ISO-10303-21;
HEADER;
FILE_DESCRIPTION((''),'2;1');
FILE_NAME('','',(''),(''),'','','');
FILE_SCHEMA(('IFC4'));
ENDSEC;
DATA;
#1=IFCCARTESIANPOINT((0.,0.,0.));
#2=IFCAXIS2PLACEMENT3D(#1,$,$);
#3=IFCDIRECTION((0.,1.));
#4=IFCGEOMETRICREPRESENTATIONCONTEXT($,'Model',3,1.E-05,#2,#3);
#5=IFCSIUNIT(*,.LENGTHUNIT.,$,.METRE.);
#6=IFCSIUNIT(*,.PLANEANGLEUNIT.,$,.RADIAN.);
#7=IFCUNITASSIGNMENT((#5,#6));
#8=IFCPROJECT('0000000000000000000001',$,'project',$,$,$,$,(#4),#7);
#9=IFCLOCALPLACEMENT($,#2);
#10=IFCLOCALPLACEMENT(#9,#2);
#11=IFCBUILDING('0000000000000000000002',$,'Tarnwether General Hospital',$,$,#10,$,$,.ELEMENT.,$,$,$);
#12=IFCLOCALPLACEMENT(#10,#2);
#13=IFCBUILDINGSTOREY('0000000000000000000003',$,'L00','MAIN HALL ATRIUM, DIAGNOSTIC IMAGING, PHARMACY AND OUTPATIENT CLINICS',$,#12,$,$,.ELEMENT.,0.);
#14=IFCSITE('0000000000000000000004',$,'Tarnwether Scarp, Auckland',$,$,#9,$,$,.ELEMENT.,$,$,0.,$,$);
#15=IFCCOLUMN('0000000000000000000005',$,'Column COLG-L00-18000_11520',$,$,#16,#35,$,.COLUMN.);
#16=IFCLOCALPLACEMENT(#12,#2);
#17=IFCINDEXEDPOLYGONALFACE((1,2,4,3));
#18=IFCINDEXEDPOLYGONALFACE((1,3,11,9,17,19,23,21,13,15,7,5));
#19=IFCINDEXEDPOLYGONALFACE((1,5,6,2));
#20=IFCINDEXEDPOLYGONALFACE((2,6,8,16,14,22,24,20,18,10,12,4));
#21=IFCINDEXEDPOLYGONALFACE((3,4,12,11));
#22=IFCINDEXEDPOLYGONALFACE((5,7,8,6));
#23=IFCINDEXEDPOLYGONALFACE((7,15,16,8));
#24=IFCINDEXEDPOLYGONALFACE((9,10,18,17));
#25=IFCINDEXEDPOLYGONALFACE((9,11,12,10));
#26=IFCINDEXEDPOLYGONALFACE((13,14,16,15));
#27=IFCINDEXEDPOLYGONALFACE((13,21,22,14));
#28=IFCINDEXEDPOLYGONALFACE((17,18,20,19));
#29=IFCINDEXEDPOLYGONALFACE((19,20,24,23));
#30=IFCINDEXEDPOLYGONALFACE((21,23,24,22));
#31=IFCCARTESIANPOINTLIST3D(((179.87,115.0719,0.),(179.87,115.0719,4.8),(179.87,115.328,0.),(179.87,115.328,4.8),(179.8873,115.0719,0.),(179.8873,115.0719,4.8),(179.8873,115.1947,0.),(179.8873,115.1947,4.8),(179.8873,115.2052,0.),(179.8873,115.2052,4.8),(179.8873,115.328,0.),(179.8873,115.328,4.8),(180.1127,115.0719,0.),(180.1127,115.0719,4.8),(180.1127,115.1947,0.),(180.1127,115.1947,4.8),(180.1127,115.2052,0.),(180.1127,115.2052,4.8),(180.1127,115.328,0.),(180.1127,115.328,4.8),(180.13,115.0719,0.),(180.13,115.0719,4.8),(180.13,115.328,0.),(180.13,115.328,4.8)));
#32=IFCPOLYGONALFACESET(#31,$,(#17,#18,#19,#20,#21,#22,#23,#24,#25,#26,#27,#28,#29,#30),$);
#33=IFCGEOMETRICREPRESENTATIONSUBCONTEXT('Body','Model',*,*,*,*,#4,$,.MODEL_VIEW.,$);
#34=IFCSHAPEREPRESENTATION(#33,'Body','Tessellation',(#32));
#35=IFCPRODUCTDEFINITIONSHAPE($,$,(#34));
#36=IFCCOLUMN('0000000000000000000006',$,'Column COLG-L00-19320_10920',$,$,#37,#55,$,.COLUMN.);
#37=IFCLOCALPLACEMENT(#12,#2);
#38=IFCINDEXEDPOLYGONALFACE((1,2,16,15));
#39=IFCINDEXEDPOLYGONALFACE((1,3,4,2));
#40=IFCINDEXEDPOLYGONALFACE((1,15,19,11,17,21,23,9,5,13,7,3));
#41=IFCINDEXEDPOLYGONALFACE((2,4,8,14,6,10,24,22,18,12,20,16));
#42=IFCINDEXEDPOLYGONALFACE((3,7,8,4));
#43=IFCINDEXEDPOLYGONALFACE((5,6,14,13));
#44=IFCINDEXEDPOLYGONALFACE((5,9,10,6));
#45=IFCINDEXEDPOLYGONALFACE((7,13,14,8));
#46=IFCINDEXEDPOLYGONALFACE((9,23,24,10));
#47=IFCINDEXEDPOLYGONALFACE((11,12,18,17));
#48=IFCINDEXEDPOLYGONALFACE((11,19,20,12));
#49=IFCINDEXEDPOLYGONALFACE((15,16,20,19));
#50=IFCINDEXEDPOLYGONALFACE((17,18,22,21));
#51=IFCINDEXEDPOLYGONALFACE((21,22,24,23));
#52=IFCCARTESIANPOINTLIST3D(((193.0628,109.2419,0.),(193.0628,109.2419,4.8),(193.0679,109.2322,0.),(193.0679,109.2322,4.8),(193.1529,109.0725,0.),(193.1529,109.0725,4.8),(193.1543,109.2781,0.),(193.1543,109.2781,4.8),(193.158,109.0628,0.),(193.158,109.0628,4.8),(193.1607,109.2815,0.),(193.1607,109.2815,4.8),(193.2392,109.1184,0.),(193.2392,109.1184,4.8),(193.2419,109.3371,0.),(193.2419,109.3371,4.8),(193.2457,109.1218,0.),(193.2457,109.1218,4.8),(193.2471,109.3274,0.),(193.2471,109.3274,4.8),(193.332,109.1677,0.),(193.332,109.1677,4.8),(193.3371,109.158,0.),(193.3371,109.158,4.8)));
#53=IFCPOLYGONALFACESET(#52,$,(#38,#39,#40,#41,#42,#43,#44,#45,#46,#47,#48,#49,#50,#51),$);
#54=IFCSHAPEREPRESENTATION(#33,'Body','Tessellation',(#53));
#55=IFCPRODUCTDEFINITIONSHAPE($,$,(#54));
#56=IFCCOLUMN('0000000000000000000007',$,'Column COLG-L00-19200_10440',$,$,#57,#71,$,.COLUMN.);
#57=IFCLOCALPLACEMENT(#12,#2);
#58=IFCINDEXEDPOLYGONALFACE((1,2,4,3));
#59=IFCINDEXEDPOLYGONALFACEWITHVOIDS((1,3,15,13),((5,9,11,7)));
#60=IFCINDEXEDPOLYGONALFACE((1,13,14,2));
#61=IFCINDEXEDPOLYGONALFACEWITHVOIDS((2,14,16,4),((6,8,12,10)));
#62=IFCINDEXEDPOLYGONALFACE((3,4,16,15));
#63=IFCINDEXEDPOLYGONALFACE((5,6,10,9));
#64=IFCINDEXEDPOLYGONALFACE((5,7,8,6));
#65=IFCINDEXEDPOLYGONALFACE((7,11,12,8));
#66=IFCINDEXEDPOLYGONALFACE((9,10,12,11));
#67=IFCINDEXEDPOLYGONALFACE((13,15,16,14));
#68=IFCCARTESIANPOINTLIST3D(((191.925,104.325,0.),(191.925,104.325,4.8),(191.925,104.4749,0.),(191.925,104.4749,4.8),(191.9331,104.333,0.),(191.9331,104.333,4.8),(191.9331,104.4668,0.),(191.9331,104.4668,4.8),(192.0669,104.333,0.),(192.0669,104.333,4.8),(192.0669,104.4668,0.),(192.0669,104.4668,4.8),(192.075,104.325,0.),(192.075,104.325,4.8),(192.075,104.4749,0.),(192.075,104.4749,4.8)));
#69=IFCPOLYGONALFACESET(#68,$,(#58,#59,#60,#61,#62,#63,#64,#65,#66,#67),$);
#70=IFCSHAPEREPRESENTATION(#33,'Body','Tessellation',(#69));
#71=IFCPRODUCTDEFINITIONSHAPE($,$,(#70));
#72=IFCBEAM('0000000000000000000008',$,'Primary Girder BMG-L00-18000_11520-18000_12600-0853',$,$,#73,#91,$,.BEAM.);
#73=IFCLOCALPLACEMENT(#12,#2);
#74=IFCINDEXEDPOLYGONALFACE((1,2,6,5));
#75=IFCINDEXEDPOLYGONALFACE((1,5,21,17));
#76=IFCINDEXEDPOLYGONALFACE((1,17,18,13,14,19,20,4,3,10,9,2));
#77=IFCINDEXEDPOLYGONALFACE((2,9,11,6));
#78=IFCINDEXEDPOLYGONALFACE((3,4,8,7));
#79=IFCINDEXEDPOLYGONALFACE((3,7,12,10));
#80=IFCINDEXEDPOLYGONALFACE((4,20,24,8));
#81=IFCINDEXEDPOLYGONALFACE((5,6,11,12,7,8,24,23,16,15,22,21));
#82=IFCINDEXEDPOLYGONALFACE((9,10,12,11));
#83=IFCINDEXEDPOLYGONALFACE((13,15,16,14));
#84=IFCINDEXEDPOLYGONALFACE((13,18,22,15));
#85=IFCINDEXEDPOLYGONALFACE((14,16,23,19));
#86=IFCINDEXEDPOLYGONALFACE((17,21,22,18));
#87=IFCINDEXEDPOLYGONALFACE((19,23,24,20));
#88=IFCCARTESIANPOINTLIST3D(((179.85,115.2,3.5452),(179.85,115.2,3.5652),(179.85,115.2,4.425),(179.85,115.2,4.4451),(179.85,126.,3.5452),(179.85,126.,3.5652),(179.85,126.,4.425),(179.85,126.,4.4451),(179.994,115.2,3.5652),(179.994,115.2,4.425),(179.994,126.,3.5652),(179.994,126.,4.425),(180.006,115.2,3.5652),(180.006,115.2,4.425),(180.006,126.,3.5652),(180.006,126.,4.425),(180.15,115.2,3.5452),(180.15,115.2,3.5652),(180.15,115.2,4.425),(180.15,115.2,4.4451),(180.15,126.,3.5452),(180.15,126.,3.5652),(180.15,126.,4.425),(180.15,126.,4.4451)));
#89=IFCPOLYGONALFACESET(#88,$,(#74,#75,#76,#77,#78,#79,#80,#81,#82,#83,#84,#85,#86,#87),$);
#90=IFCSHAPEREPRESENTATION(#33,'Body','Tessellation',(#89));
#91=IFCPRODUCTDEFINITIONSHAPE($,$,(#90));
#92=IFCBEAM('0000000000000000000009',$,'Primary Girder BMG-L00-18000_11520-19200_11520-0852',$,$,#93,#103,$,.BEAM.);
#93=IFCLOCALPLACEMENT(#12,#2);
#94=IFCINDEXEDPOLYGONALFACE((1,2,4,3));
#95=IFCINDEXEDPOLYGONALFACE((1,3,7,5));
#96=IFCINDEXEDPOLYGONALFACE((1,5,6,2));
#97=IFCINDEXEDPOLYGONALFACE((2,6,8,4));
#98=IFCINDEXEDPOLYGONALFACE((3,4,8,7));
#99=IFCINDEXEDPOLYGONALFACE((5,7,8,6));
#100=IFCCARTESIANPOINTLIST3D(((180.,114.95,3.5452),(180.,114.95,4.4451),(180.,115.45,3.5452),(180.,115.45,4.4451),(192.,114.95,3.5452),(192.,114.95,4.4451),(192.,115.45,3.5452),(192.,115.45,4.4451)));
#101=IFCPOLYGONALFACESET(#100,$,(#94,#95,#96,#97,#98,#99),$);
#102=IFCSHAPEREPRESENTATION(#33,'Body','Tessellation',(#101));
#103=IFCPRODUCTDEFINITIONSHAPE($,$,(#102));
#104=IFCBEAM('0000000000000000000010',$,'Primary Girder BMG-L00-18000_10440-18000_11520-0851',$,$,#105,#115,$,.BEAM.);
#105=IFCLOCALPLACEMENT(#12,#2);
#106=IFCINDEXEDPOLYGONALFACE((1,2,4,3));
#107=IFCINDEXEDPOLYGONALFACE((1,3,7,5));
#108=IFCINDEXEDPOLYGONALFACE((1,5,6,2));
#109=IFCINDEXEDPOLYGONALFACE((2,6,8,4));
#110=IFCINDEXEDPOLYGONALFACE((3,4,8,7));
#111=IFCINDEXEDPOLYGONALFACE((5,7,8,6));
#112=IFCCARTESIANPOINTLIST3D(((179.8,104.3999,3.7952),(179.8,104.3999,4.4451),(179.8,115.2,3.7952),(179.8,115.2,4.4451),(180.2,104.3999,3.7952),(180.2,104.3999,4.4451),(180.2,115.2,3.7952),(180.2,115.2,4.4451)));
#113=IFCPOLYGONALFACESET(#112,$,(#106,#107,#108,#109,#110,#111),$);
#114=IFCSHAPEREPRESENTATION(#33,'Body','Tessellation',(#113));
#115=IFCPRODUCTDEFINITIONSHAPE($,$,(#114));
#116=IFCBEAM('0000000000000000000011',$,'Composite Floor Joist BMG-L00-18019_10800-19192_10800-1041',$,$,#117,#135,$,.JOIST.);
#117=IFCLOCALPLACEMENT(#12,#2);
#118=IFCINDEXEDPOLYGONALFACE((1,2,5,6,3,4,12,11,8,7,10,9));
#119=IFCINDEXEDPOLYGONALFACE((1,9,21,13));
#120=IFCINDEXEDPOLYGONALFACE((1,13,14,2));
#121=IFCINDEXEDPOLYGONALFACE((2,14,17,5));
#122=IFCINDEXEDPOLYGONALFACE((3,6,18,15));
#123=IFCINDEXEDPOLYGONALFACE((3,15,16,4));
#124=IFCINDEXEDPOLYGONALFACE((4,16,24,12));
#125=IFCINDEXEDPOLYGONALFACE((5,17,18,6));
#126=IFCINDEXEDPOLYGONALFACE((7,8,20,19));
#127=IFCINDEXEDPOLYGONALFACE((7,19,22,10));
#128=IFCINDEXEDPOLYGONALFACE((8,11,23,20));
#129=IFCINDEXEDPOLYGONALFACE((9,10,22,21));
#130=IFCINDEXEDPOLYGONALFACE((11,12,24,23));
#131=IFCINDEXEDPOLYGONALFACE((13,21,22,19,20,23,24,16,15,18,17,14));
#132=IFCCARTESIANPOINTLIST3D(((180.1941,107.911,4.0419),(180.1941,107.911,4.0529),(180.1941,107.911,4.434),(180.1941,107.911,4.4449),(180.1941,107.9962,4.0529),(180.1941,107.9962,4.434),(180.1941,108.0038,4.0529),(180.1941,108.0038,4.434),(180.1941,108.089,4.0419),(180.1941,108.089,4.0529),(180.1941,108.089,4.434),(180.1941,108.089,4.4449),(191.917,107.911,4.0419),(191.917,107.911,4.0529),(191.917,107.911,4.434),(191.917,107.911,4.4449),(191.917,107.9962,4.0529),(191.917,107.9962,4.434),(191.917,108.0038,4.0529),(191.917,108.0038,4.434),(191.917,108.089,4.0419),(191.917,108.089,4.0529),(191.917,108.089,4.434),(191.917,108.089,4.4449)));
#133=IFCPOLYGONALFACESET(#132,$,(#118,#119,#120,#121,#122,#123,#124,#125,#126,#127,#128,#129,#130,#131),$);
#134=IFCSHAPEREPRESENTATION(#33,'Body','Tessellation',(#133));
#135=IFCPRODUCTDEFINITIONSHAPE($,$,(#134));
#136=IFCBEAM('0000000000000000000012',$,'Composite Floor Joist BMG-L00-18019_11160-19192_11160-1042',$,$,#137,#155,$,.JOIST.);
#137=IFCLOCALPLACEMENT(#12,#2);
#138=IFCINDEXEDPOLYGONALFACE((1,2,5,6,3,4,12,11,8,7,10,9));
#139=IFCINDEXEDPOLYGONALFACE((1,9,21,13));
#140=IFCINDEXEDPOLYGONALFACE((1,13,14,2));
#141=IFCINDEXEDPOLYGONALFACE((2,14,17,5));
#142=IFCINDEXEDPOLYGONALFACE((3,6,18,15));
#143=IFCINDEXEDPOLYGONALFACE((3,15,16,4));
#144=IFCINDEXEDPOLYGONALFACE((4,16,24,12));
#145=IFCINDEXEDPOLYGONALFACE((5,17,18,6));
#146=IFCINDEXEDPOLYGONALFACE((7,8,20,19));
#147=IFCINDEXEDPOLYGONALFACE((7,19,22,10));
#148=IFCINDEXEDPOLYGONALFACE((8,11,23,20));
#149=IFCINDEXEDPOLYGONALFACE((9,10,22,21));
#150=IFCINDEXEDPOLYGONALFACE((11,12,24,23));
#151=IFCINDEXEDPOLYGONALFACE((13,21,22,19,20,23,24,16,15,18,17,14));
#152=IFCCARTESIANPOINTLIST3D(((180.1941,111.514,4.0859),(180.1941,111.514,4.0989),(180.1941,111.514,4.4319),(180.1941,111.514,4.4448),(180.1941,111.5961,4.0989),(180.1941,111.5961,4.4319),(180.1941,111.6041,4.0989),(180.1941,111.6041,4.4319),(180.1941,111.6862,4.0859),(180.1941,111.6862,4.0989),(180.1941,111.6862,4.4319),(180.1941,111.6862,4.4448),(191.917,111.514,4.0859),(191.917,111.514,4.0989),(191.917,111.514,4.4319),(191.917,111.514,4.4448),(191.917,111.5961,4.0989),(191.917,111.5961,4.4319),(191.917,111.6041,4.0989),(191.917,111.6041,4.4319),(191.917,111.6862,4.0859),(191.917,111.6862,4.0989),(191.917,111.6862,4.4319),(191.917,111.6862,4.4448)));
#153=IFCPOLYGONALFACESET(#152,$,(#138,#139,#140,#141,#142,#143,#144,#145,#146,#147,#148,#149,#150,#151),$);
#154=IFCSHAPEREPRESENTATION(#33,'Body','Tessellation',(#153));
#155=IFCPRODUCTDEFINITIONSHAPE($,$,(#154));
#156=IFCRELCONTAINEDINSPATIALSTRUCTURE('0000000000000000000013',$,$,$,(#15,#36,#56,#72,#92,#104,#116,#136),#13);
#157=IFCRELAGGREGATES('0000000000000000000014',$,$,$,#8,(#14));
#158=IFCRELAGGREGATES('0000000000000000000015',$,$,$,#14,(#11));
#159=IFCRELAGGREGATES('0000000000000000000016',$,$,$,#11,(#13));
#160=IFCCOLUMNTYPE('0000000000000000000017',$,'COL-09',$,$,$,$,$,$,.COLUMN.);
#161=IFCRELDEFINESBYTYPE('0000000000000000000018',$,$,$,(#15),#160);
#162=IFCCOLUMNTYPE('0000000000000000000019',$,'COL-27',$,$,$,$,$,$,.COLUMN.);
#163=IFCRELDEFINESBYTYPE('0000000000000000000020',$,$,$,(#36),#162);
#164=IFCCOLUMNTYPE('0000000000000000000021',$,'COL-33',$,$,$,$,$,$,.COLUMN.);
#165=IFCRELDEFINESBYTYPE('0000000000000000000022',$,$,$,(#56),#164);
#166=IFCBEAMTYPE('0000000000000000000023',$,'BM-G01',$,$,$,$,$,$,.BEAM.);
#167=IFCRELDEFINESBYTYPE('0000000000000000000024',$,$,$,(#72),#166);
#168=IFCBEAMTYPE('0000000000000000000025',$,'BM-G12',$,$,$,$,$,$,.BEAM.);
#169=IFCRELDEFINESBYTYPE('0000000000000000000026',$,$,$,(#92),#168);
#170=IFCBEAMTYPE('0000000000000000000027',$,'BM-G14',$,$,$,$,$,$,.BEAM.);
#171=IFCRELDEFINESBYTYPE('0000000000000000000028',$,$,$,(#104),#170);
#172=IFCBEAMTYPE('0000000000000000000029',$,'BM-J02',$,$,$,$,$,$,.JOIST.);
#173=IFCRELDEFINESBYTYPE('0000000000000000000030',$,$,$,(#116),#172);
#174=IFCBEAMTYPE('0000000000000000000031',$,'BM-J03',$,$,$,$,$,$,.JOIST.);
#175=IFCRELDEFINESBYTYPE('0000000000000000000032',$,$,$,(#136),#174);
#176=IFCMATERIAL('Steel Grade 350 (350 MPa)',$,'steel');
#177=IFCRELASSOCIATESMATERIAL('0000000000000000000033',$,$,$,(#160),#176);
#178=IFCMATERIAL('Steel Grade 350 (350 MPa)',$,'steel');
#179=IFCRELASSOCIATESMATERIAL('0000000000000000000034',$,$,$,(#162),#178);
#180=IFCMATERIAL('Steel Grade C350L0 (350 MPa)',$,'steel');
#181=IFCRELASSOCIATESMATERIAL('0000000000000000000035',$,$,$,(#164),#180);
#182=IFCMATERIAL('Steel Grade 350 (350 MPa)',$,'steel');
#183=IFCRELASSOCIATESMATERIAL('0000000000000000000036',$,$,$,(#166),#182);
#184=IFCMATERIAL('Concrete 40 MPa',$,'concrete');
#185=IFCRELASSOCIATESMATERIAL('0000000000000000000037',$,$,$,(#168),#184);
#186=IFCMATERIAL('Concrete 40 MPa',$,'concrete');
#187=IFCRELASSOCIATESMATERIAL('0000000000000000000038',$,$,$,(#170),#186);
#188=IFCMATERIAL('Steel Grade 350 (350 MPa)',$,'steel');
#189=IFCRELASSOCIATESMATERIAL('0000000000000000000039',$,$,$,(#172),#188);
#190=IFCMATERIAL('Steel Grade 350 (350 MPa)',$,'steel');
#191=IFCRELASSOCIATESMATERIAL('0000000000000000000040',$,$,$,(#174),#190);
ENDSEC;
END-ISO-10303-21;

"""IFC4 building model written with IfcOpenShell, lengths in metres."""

from ifc_helpers import new_model, si_unit, direction, frame, origin, origin_2d, place, context, subcontext, project, spatial, rectangle, hollow_rectangle, i_section, extrude, material, material_profile, profile_set, type_object, element, save


model = new_model("IFC4")

# Units and contexts
model_context = context("Model", 3, precision=1e-05, world=origin(), true_north=direction((0.0, 1.0)))
body_context = subcontext(model_context, "Body", "Model", "MODEL_VIEW")
ifc_project = project(units=[si_unit("LENGTHUNIT", "METRE"), si_unit("PLANEANGLEUNIT", "RADIAN")], contexts=[model_context])

# Site, building, storey
site_placement = place(None, origin())
site = spatial("IfcSite", under=ifc_project, at=site_placement, Name="Tarnwether Scarp, Auckland", CompositionType="ELEMENT", RefElevation=0.0)
building_placement = place(site_placement, origin())
building = spatial("IfcBuilding", under=site, at=building_placement, Name="Tarnwether General Hospital", CompositionType="ELEMENT")
storey_placement = place(building_placement, origin())
storey = spatial("IfcBuildingStorey", under=building, at=storey_placement, Name="L00", Description="MAIN HALL ATRIUM, DIAGNOSTIC IMAGING, PHARMACY AND OUTPATIENT CLINICS", CompositionType="ELEMENT", Elevation=0.0)

# Columns
ifc_material_1 = material(Name="Steel Grade 350 (350 MPa)", Category="steel")
ifc_material_profile_1 = material_profile(ifc_material_1, i_section(OverallWidth=0.2561, OverallDepth=0.26, WebThickness=0.0105, FlangeThickness=0.0173, at=origin_2d()), Name="250UC89.5")
ifc_profile_set_1 = profile_set([ifc_material_profile_1], Name="Steel Grade 350 (350 MPa)")
column_type_1 = type_object("IfcColumnType", Name="COL-09", PredefinedType="COLUMN", material=ifc_profile_set_1)
column_1_placement = place(storey_placement, frame((180.0, 115.2, 0.0), z_axis=(0.0, 0.0, 1.0), x_axis=(0.0, 1.0, 0.0)))
element("IfcColumn", 1, at=column_1_placement, inside=storey, type_object=column_type_1, Name="Column COLG-L00-18000_11520", PredefinedType="COLUMN", context=body_context, shape_type="SweptSolid", body=[
    extrude(i_section(OverallWidth=0.2561, OverallDepth=0.26, WebThickness=0.0105, FlangeThickness=0.0173, at=origin_2d()), origin(), (0.0, 0.0, 1.0), 4.8),
])
ifc_material_2 = material(Name="Steel Grade 350 (350 MPa)", Category="steel")
ifc_material_profile_2 = material_profile(ifc_material_2, i_section(OverallWidth=0.2029, OverallDepth=0.2029, WebThickness=0.0073, FlangeThickness=0.011, at=origin_2d()), Name="200UC46.2")
ifc_profile_set_2 = profile_set([ifc_material_profile_2], Name="Steel Grade 350 (350 MPa)")
column_type_2 = type_object("IfcColumnType", Name="COL-27", PredefinedType="COLUMN", material=ifc_profile_set_2)
column_2_placement = place(storey_placement, frame((193.2, 109.2, 0.0), z_axis=(0.0, 0.0, 1.0), x_axis=(0.882948, 0.469472, 0.0)))
element("IfcColumn", 2, at=column_2_placement, inside=storey, type_object=column_type_2, Name="Column COLG-L00-19320_10920", PredefinedType="COLUMN", context=body_context, shape_type="SweptSolid", body=[
    extrude(i_section(OverallWidth=0.2029, OverallDepth=0.2029, WebThickness=0.0073, FlangeThickness=0.011, at=origin_2d()), origin(), (0.0, 0.0, 1.0), 4.8),
])
ifc_material_3 = material(Name="Steel Grade C350L0 (350 MPa)", Category="steel")
ifc_material_profile_3 = material_profile(ifc_material_3, hollow_rectangle(XDim=0.1499, YDim=0.1499, WallThickness=0.0081, at=origin_2d()), Name="SHS150x150x8")
ifc_profile_set_3 = profile_set([ifc_material_profile_3], Name="Steel Grade C350L0 (350 MPa)")
column_type_3 = type_object("IfcColumnType", Name="COL-33", PredefinedType="COLUMN", material=ifc_profile_set_3)
column_3_placement = place(storey_placement, frame((192.0, 104.3999, 0.0), z_axis=(0.0, 0.0, 1.0), x_axis=(1.0, 0.0, 0.0)))
element("IfcColumn", 3, at=column_3_placement, inside=storey, type_object=column_type_3, Name="Column COLG-L00-19200_10440", PredefinedType="COLUMN", context=body_context, shape_type="SweptSolid", body=[
    extrude(hollow_rectangle(XDim=0.1499, YDim=0.1499, WallThickness=0.0081, at=origin_2d()), origin(), (0.0, 0.0, 1.0), 4.8),
])

# Beams
ifc_material_4 = material(Name="Steel Grade 350 (350 MPa)", Category="steel")
ifc_material_profile_4 = material_profile(ifc_material_4, i_section(OverallWidth=0.3, OverallDepth=0.8999, WebThickness=0.012, FlangeThickness=0.02, at=origin_2d()), Name="900WB175")
ifc_profile_set_4 = profile_set([ifc_material_profile_4], Name="Steel Grade 350 (350 MPa)")
beam_type_1 = type_object("IfcBeamType", Name="BM-G01", PredefinedType="BEAM", material=ifc_profile_set_4)
beam_1_placement = place(storey_placement, frame((180.0, 115.2, 3.9951), z_axis=(0.0, 1.0, 0.0), x_axis=(-1.0, 0.0, 0.0)))
element("IfcBeam", 4, at=beam_1_placement, inside=storey, type_object=beam_type_1, Name="Primary Girder BMG-L00-18000_11520-18000_12600-0853", PredefinedType="BEAM", context=body_context, shape_type="SweptSolid", body=[
    extrude(i_section(OverallWidth=0.3, OverallDepth=0.8999, WebThickness=0.012, FlangeThickness=0.02, at=origin_2d()), origin(), (0.0, 0.0, 1.0), 10.8),
])
ifc_material_5 = material(Name="Concrete 40 MPa", Category="concrete")
ifc_material_profile_5 = material_profile(ifc_material_5, rectangle(XDim=0.5, YDim=0.8999, at=origin_2d()), Name="RC-BM-500x900")
ifc_profile_set_5 = profile_set([ifc_material_profile_5], Name="Concrete 40 MPa")
beam_type_2 = type_object("IfcBeamType", Name="BM-G12", PredefinedType="BEAM", material=ifc_profile_set_5)
beam_2_placement = place(storey_placement, frame((180.0, 115.2, 3.9951), z_axis=(1.0, 0.0, 0.0), x_axis=(0.0, 1.0, 0.0)))
element("IfcBeam", 5, at=beam_2_placement, inside=storey, type_object=beam_type_2, Name="Primary Girder BMG-L00-18000_11520-19200_11520-0852", PredefinedType="BEAM", context=body_context, shape_type="SweptSolid", body=[
    extrude(rectangle(XDim=0.5, YDim=0.8999, at=origin_2d()), origin(), (0.0, 0.0, 1.0), 12.0),
])
ifc_material_6 = material(Name="Concrete 40 MPa", Category="concrete")
ifc_material_profile_6 = material_profile(ifc_material_6, rectangle(XDim=0.3999, YDim=0.6499, at=origin_2d()), Name="RC-BM-400x650")
ifc_profile_set_6 = profile_set([ifc_material_profile_6], Name="Concrete 40 MPa")
beam_type_3 = type_object("IfcBeamType", Name="BM-G14", PredefinedType="BEAM", material=ifc_profile_set_6)
beam_3_placement = place(storey_placement, frame((180.0, 104.3999, 4.1201), z_axis=(0.0, 1.0, 0.0), x_axis=(-1.0, 0.0, 0.0)))
element("IfcBeam", 6, at=beam_3_placement, inside=storey, type_object=beam_type_3, Name="Primary Girder BMG-L00-18000_10440-18000_11520-0851", PredefinedType="BEAM", context=body_context, shape_type="SweptSolid", body=[
    extrude(rectangle(XDim=0.3999, YDim=0.6499, at=origin_2d()), origin(), (0.0, 0.0, 1.0), 10.8),
])
ifc_material_7 = material(Name="Steel Grade 350 (350 MPa)", Category="steel")
ifc_material_profile_7 = material_profile(ifc_material_7, i_section(OverallWidth=0.178, OverallDepth=0.4031, WebThickness=0.0076, FlangeThickness=0.011, at=origin_2d()), Name="410UB53.7")
ifc_profile_set_7 = profile_set([ifc_material_profile_7], Name="Steel Grade 350 (350 MPa)")
beam_type_4 = type_object("IfcBeamType", Name="BM-J02", PredefinedType="JOIST", material=ifc_profile_set_7)
beam_4_placement = place(storey_placement, frame((180.1941, 108.0, 4.2434), z_axis=(1.0, 0.0, 0.0), x_axis=(0.0, 1.0, 0.0)))
element("IfcBeam", 7, at=beam_4_placement, inside=storey, type_object=beam_type_4, Name="Composite Floor Joist BMG-L00-18019_10800-19192_10800-1041", PredefinedType="JOIST", context=body_context, shape_type="SweptSolid", body=[
    extrude(i_section(OverallWidth=0.178, OverallDepth=0.4031, WebThickness=0.0076, FlangeThickness=0.011, at=origin_2d()), origin(), (0.0, 0.0, 1.0), 11.7229),
])
ifc_material_8 = material(Name="Steel Grade 350 (350 MPa)", Category="steel")
ifc_material_profile_8 = material_profile(ifc_material_8, i_section(OverallWidth=0.1721, OverallDepth=0.3589, WebThickness=0.0081, FlangeThickness=0.0129, at=origin_2d()), Name="360UB56.7")
ifc_profile_set_8 = profile_set([ifc_material_profile_8], Name="Steel Grade 350 (350 MPa)")
beam_type_5 = type_object("IfcBeamType", Name="BM-J03", PredefinedType="JOIST", material=ifc_profile_set_8)
beam_5_placement = place(storey_placement, frame((180.1941, 111.6001, 4.2654), z_axis=(1.0, 0.0, 0.0), x_axis=(0.0, 1.0, 0.0)))
element("IfcBeam", 8, at=beam_5_placement, inside=storey, type_object=beam_type_5, Name="Composite Floor Joist BMG-L00-18019_11160-19192_11160-1042", PredefinedType="JOIST", context=body_context, shape_type="SweptSolid", body=[
    extrude(i_section(OverallWidth=0.1721, OverallDepth=0.3589, WebThickness=0.0081, FlangeThickness=0.0129, at=origin_2d()), origin(), (0.0, 0.0, 1.0), 11.7229),
])

save(model, "model.ifc")
